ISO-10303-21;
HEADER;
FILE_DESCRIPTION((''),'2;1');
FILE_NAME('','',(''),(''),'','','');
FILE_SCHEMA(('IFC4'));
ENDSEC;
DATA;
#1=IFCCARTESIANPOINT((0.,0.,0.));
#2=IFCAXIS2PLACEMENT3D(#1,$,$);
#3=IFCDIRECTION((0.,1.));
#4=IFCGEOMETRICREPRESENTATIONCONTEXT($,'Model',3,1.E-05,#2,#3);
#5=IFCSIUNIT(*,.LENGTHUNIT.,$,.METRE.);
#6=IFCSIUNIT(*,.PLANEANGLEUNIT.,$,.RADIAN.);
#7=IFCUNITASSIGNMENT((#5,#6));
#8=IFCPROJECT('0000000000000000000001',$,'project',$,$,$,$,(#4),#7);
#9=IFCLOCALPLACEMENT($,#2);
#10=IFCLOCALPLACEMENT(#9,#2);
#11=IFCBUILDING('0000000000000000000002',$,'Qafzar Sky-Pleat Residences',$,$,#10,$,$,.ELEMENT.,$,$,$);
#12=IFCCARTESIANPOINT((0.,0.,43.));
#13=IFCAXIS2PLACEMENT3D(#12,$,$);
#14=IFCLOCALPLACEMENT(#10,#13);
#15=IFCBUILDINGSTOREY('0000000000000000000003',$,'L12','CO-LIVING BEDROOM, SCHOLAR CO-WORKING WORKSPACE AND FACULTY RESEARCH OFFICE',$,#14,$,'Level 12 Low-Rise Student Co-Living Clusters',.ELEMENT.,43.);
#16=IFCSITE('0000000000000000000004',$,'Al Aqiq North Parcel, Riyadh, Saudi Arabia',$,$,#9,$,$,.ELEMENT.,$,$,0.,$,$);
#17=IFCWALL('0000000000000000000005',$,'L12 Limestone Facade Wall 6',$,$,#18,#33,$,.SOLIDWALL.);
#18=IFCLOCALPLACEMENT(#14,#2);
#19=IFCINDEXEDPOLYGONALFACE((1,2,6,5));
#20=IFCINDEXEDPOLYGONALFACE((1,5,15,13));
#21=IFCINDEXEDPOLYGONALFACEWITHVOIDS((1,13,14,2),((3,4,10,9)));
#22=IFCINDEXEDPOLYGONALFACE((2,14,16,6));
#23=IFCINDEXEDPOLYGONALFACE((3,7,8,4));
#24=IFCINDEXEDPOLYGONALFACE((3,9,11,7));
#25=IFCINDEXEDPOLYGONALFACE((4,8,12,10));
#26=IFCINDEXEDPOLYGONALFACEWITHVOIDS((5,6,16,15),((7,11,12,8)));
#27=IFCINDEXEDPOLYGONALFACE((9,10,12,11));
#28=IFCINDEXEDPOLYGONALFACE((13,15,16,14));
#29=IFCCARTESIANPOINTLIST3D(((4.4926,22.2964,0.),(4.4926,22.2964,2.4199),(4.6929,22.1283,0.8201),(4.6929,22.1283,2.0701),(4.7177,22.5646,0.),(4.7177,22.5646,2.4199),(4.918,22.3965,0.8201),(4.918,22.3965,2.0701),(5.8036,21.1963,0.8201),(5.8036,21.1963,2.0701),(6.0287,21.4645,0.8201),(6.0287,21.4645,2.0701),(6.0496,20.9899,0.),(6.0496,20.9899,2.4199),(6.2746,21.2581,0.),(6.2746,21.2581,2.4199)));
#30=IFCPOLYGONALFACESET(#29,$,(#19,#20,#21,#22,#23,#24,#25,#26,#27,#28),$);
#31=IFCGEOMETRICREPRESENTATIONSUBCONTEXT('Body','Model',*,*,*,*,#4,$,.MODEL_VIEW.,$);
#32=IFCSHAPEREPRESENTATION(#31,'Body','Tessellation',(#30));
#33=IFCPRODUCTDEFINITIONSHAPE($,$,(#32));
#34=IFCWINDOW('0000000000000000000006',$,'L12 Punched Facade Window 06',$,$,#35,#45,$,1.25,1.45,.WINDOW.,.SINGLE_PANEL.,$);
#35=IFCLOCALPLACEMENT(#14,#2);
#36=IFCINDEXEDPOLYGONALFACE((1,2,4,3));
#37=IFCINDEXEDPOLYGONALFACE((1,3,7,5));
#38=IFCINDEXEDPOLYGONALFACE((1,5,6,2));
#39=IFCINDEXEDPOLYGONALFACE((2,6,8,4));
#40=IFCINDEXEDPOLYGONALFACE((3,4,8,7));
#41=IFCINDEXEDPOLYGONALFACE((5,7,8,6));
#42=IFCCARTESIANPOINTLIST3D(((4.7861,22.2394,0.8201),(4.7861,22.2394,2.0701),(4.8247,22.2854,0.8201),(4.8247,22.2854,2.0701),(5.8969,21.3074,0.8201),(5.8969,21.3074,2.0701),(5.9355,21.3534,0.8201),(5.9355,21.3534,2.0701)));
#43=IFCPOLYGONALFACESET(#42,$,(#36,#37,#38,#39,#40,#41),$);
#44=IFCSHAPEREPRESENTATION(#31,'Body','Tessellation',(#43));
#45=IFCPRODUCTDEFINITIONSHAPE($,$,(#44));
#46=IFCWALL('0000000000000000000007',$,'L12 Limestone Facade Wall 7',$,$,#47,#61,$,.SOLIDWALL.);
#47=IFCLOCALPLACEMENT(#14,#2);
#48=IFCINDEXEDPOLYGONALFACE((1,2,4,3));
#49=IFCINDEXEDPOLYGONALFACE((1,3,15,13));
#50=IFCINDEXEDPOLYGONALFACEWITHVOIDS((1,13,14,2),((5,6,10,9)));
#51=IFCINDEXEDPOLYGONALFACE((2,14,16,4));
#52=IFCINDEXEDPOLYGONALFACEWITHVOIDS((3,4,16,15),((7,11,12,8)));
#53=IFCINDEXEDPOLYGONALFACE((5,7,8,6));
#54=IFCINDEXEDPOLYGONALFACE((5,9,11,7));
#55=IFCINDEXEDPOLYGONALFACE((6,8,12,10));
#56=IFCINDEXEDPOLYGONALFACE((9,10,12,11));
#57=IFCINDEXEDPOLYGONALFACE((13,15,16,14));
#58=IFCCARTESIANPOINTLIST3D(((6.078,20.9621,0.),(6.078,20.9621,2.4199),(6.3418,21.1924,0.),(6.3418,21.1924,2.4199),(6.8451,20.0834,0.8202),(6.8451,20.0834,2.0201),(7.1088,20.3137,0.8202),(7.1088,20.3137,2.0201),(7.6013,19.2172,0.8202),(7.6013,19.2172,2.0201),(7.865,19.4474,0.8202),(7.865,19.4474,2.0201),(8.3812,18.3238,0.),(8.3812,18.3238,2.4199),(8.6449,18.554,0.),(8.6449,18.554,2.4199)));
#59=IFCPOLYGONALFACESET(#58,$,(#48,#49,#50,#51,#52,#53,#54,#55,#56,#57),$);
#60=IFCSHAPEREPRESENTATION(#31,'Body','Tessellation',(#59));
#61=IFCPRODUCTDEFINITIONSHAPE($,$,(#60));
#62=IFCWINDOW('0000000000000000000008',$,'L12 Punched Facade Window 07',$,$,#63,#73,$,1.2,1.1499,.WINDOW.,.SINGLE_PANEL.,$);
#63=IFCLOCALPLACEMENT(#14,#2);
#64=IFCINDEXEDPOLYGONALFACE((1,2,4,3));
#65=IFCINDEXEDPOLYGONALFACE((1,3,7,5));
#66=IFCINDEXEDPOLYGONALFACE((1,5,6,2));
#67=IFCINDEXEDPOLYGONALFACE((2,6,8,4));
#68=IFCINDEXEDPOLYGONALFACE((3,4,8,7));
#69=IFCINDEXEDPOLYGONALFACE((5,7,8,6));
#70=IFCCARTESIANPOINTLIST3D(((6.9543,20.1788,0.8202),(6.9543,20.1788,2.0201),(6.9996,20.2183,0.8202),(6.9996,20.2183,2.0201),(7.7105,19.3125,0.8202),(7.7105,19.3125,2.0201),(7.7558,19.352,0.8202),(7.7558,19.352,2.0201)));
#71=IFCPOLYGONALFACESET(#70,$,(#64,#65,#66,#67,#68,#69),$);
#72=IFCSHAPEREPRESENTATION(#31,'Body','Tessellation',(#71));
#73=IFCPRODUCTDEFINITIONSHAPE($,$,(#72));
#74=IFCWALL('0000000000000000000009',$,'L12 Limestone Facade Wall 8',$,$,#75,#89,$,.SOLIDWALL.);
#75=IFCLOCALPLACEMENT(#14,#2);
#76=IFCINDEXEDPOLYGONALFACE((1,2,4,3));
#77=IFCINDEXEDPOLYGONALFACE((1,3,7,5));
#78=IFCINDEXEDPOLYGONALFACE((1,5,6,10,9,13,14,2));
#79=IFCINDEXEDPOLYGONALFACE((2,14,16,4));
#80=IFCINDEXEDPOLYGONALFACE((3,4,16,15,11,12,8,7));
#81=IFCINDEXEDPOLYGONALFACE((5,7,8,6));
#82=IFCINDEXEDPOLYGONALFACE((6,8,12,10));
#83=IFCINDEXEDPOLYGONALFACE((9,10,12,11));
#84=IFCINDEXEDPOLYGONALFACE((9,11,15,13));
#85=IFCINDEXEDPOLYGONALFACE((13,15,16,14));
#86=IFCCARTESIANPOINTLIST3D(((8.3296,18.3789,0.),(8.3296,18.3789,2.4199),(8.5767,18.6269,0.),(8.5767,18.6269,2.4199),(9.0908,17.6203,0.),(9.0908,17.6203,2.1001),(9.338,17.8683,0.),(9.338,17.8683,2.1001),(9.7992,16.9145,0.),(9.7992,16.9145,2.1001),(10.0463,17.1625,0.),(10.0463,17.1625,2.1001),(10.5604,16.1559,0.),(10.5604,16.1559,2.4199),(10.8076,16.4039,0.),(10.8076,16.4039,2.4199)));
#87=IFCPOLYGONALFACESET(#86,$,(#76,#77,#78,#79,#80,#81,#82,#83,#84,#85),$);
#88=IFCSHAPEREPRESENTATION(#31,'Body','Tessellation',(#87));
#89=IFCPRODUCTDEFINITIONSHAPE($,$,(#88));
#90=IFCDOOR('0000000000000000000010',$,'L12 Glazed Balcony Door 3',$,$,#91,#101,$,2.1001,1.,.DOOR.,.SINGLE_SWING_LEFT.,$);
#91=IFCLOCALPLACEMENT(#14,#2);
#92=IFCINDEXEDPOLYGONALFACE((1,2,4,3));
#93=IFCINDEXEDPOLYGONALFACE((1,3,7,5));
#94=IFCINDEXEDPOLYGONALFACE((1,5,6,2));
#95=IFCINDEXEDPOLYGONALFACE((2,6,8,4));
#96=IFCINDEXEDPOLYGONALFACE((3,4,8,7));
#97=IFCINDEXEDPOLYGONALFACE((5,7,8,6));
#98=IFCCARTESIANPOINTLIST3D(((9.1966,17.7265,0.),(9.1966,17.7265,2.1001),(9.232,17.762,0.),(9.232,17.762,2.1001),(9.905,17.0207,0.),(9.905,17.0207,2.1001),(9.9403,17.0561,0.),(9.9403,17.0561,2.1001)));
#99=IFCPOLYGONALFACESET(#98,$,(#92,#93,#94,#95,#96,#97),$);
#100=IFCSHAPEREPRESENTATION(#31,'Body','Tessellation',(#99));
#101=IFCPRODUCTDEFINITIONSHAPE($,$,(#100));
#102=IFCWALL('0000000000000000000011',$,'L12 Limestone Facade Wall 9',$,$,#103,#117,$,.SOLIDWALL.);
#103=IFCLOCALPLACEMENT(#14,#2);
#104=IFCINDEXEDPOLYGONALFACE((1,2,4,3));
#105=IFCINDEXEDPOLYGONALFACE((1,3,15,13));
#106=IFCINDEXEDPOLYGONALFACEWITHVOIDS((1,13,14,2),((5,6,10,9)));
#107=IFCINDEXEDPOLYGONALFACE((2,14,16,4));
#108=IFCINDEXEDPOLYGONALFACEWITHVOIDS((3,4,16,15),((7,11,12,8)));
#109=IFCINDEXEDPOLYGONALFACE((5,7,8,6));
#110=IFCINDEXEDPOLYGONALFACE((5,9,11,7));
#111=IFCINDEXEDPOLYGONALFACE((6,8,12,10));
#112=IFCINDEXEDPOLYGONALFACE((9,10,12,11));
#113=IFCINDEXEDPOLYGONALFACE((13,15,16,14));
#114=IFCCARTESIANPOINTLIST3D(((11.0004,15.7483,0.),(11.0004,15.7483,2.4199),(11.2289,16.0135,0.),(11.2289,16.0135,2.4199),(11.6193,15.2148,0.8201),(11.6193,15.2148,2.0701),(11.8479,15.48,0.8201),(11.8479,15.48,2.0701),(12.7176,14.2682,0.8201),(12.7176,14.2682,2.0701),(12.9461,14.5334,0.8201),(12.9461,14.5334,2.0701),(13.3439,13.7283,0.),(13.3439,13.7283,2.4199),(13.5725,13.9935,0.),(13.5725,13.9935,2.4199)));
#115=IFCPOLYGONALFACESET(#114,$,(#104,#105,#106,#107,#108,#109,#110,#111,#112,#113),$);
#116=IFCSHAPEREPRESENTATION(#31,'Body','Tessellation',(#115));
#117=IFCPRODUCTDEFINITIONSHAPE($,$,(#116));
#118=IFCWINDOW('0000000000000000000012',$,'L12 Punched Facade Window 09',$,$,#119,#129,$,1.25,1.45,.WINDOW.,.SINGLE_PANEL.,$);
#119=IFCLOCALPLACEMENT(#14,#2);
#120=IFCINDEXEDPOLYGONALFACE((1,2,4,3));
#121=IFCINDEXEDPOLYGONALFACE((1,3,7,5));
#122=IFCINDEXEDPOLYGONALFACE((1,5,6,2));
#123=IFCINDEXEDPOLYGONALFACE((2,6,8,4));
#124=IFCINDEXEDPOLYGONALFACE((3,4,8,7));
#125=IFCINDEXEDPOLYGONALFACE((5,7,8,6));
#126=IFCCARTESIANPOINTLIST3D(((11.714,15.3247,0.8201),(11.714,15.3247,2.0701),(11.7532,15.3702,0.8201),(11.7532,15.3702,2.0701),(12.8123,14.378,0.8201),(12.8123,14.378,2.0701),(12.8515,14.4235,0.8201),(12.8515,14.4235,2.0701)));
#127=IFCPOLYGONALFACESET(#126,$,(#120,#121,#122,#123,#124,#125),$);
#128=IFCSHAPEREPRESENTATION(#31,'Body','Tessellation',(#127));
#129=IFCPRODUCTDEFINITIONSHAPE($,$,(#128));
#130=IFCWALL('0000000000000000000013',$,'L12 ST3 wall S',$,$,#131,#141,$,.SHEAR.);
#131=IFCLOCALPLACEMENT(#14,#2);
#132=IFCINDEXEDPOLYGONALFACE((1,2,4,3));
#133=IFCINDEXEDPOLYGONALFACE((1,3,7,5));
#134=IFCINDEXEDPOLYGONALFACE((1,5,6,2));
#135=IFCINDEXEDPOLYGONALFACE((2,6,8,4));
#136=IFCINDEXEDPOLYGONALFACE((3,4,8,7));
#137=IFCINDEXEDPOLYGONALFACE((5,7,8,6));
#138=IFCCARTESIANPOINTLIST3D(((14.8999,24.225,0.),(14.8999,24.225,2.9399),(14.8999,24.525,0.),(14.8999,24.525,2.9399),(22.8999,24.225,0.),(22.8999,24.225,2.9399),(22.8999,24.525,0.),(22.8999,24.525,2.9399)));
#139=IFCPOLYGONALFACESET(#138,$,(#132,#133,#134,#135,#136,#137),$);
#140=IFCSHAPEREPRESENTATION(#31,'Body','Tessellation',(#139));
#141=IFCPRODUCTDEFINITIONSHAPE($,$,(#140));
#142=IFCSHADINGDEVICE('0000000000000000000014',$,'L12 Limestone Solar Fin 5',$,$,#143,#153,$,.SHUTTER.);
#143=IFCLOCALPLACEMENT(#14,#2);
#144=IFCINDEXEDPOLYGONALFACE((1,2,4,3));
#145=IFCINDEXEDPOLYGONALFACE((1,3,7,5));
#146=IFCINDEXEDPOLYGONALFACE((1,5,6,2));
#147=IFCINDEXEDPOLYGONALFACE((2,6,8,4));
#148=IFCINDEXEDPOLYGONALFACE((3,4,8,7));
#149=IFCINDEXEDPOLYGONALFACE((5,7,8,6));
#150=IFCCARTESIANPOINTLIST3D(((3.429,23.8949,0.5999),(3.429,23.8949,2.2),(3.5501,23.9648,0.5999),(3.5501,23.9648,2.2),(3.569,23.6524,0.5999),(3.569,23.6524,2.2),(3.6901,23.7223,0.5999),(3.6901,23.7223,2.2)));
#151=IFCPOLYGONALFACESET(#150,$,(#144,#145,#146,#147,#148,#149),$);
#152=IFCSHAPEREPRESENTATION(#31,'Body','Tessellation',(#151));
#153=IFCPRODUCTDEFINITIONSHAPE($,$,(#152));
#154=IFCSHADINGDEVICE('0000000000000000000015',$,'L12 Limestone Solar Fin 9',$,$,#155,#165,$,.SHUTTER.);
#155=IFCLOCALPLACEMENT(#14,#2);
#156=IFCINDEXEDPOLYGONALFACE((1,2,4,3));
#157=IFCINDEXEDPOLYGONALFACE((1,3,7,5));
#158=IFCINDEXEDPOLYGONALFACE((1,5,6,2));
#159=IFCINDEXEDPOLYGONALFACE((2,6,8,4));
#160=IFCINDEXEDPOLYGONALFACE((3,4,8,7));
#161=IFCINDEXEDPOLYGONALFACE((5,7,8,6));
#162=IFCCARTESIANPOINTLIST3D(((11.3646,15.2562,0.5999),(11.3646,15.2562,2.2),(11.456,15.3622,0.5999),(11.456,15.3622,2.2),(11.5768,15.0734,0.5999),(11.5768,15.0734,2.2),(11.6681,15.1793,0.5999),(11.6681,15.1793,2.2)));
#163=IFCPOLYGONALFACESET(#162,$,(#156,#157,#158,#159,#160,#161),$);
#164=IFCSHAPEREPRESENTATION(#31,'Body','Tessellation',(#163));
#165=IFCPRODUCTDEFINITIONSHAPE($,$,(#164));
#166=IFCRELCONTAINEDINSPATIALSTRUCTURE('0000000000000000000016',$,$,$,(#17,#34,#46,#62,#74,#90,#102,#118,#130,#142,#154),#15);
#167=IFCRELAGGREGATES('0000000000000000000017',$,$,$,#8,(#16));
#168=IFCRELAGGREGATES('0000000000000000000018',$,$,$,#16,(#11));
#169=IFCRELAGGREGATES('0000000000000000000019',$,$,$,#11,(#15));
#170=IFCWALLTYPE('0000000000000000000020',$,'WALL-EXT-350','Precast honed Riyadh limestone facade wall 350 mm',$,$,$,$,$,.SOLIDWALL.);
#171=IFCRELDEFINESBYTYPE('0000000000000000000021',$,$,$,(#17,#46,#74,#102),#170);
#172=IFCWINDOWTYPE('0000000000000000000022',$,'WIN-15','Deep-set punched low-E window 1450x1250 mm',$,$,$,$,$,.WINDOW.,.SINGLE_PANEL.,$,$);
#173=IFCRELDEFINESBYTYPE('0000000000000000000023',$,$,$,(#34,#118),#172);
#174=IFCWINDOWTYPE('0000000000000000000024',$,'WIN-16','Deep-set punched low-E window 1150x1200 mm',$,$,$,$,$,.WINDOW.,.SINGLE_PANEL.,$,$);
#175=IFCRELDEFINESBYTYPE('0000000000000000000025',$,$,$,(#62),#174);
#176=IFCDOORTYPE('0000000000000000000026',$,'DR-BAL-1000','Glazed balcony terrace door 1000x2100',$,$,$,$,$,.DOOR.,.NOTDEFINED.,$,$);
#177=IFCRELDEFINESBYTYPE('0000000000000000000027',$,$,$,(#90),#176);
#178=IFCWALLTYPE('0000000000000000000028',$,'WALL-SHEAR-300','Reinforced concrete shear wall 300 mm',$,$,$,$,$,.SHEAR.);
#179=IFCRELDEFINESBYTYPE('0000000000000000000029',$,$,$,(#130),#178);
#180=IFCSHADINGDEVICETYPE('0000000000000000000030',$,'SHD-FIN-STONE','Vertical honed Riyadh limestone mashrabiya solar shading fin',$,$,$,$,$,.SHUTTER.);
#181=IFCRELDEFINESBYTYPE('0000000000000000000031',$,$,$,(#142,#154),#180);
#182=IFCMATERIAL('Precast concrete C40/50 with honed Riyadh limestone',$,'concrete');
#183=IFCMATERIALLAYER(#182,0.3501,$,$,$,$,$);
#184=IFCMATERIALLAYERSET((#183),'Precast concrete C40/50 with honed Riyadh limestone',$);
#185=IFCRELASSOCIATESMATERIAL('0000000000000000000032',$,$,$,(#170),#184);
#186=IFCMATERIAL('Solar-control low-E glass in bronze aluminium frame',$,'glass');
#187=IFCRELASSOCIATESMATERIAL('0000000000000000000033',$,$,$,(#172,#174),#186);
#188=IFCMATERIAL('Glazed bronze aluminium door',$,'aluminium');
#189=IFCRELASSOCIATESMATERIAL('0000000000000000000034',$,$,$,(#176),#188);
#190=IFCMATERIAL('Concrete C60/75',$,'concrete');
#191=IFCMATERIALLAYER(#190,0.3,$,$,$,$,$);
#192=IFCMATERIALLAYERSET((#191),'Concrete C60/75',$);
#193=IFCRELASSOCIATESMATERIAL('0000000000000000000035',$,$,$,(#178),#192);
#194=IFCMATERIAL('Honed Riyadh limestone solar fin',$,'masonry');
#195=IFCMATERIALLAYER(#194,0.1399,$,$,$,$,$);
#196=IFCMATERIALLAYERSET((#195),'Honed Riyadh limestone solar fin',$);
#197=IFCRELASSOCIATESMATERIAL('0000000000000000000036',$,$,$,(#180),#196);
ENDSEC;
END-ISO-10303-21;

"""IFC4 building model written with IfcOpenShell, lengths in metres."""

from ifc_helpers import new_model, si_unit, direction, frame, frame_2d, origin, origin_2d, place, context, subcontext, project, spatial, rectangle, extrude, source, transform, mapped, material, layer, layer_set, type_object, element, fill, save


model = new_model("IFC4")

# Units and contexts
model_context = context("Model", 3, precision=1e-05, world=origin(), true_north=direction((0.0, 1.0)))
body_context = subcontext(model_context, "Body", "Model", "MODEL_VIEW")
ifc_project = project(units=[si_unit("LENGTHUNIT", "METRE"), si_unit("PLANEANGLEUNIT", "RADIAN")], contexts=[model_context])

# Site, building, storey
site_placement = place(None, origin())
site = spatial("IfcSite", under=ifc_project, at=site_placement, Name="Al Aqiq North Parcel, Riyadh, Saudi Arabia", CompositionType="ELEMENT", RefElevation=0.0)
building_placement = place(site_placement, origin())
building = spatial("IfcBuilding", under=site, at=building_placement, Name="Qafzar Sky-Pleat Residences", CompositionType="ELEMENT")
storey_placement = place(building_placement, frame((0.0, 0.0, 43.0)))
storey = spatial("IfcBuildingStorey", under=building, at=storey_placement, Name="L12", Description="CO-LIVING BEDROOM, SCHOLAR CO-WORKING WORKSPACE AND FACULTY RESEARCH OFFICE", LongName="Level 12 Low-Rise Student Co-Living Clusters", CompositionType="ELEMENT", Elevation=43.0)

# Shared definitions
ifc_material_1 = material(Name="Concrete C60/75", Category="concrete")

# Walls, openings, windows
ifc_material_2 = material(Name="Precast concrete C40/50 with honed Riyadh limestone", Category="concrete")
ifc_layer_1 = layer(ifc_material_2, 0.3501)
ifc_layer_set_1 = layer_set([ifc_layer_1], Name="Precast concrete C40/50 with honed Riyadh limestone")
wall_type_1 = type_object("IfcWallType", Name="WALL-EXT-350", Description="Precast honed Riyadh limestone facade wall 350 mm", PredefinedType="SOLIDWALL", material=ifc_layer_set_1)
ifc_material_3 = material(Name="Solar-control low-E glass in bronze aluminium frame", Category="glass")
window_type_1 = type_object("IfcWindowType", Name="WIN-15", Description="Deep-set punched low-E window 1450x1250 mm", PartitioningType="SINGLE_PANEL", PredefinedType="WINDOW", material=ifc_material_3)
shared_shape_1 = source(origin(), body_context, "Body", "SweptSolid", [
    extrude(rectangle(XDim=1.45, YDim=1.25, at=frame_2d((0.7251, 0.625))), frame((0.0, 0.03, 0.0), z_axis=(0.0, -1.0, 0.0), x_axis=(1.0, 0.0, 0.0)), (0.0, 0.0, 1.0), 0.0601),
])
wall_1_placement = place(storey_placement, frame((4.6052, 22.4304, 0.0), z_axis=(0.0, 0.0, 1.0), x_axis=(0.766041, -0.642792, 0.0)))
wall_1 = element("IfcWall", 1, at=wall_1_placement, inside=storey, type_object=wall_type_1, Name="L12 Limestone Facade Wall 6", PredefinedType="SOLIDWALL", context=body_context, shape_type="SweptSolid", body=[
    extrude(rectangle(XDim=2.0325, YDim=0.3501, at=frame_2d((1.0161, 0.0))), origin(), (0.0, 0.0, 1.0), 2.4199),
])
opening_1_placement = place(wall_1_placement, frame((0.2612, 0.0, 0.8201)))
opening_1 = element("IfcOpeningElement", 2, at=opening_1_placement, cuts=wall_1, PredefinedType="OPENING", context=body_context, shape_type="SweptSolid", body=[
    extrude(rectangle(XDim=1.45, YDim=1.25, at=frame_2d((0.7251, 0.625))), frame((0.0, 0.1851, 0.0), z_axis=(0.0, -1.0, 0.0), x_axis=(1.0, 0.0, 0.0)), (0.0, 0.0, 1.0), 0.3701),
])
window_1_placement = place(opening_1_placement, origin())
window_1 = element("IfcWindow", 3, at=window_1_placement, inside=storey, type_object=window_type_1, Name="L12 Punched Facade Window 06", OverallHeight=1.25, OverallWidth=1.45, PartitioningType="SINGLE_PANEL", PredefinedType="WINDOW", context=body_context, shape_type="MappedRepresentation", body=[
    mapped(shared_shape_1, transform((0.0, 0.0, 0.0), x_axis=(1.0, 0.0, 0.0), y_axis=(0.0, 1.0, 0.0), z_axis=(0.0, 0.0, 1.0), scale=1.0)),
])
fill(opening_1, window_1)
wall_2_placement = place(storey_placement, frame((6.21, 21.0771, 0.0), z_axis=(0.0, 0.0, 1.0), x_axis=(0.657631, -0.753341, 0.0)))
wall_2 = element("IfcWall", 4, at=wall_2_placement, inside=storey, type_object=wall_type_1, Name="L12 Limestone Facade Wall 7", PredefinedType="SOLIDWALL", context=body_context, shape_type="SweptSolid", body=[
    extrude(rectangle(XDim=3.5022, YDim=0.3501, at=frame_2d((1.751, 0.0))), origin(), (0.0, 0.0, 1.0), 2.4199),
])
opening_2_placement = place(wall_2_placement, frame((1.1663, 0.0, 0.8201)))
opening_2 = element("IfcOpeningElement", 5, at=opening_2_placement, cuts=wall_2, PredefinedType="OPENING", context=body_context, shape_type="SweptSolid", body=[
    extrude(rectangle(XDim=1.1499, YDim=1.2, at=frame_2d((0.575, 0.6001))), frame((0.0, 0.1851, 0.0), z_axis=(0.0, -1.0, 0.0), x_axis=(1.0, 0.0, 0.0)), (0.0, 0.0, 1.0), 0.3701),
])
window_type_2 = type_object("IfcWindowType", Name="WIN-16", Description="Deep-set punched low-E window 1150x1200 mm", PartitioningType="SINGLE_PANEL", PredefinedType="WINDOW", material=ifc_material_3)
shared_shape_2 = source(origin(), body_context, "Body", "SweptSolid", [
    extrude(rectangle(XDim=1.1499, YDim=1.2, at=frame_2d((0.575, 0.6001))), frame((0.0, 0.03, 0.0), z_axis=(0.0, -1.0, 0.0), x_axis=(1.0, 0.0, 0.0)), (0.0, 0.0, 1.0), 0.0601),
])
window_2_placement = place(opening_2_placement, origin())
window_2 = element("IfcWindow", 6, at=window_2_placement, inside=storey, type_object=window_type_2, Name="L12 Punched Facade Window 07", OverallHeight=1.2, OverallWidth=1.1499, PartitioningType="SINGLE_PANEL", PredefinedType="WINDOW", context=body_context, shape_type="MappedRepresentation", body=[
    mapped(shared_shape_2, transform((0.0, 0.0, 0.0), x_axis=(1.0, 0.0, 0.0), y_axis=(0.0, 1.0, 0.0), z_axis=(0.0, 0.0, 1.0), scale=1.0)),
])
fill(opening_2, window_2)

# Wall, opening, door
wall_3_placement = place(storey_placement, frame((8.4531, 18.5029, 0.0), z_axis=(0.0, 0.0, 1.0), x_axis=(0.708346, -0.705865, 0.0)))
wall_3 = element("IfcWall", 7, at=wall_3_placement, inside=storey, type_object=wall_type_1, Name="L12 Limestone Facade Wall 8", PredefinedType="SOLIDWALL", context=body_context, shape_type="SweptSolid", body=[
    extrude(rectangle(XDim=3.1494, YDim=0.3501, at=frame_2d((1.5747, 0.0))), origin(), (0.0, 0.0, 1.0), 2.4199),
])
opening_3_placement = place(wall_3_placement, frame((1.0747, 0.0, 0.0)))
opening_3 = element("IfcOpeningElement", 8, at=opening_3_placement, cuts=wall_3, PredefinedType="OPENING", context=body_context, shape_type="SweptSolid", body=[
    extrude(rectangle(XDim=1.0, YDim=2.1001, at=frame_2d((0.5, 1.05))), frame((0.0, 0.1851, 0.0), z_axis=(0.0, -1.0, 0.0), x_axis=(1.0, 0.0, 0.0)), (0.0, 0.0, 1.0), 0.3701),
])
ifc_material_4 = material(Name="Glazed bronze aluminium door", Category="aluminium")
door_type = type_object("IfcDoorType", Name="DR-BAL-1000", Description="Glazed balcony terrace door 1000x2100", OperationType="NOTDEFINED", PredefinedType="DOOR", material=ifc_material_4)
shared_shape_3 = source(origin(), body_context, "Body", "SweptSolid", [
    extrude(rectangle(XDim=1.0, YDim=2.1001, at=frame_2d((0.5, 1.05))), frame((0.0, 0.0249, 0.0), z_axis=(0.0, -1.0, 0.0), x_axis=(1.0, 0.0, 0.0)), (0.0, 0.0, 1.0), 0.05),
])
door_placement = place(opening_3_placement, origin())
door = element("IfcDoor", 9, at=door_placement, inside=storey, type_object=door_type, Name="L12 Glazed Balcony Door 3", OperationType="SINGLE_SWING_LEFT", OverallHeight=2.1001, OverallWidth=1.0, PredefinedType="DOOR", context=body_context, shape_type="MappedRepresentation", body=[
    mapped(shared_shape_3, transform((0.0, 0.0, 0.0), x_axis=(1.0, 0.0, 0.0), y_axis=(0.0, 1.0, 0.0), z_axis=(0.0, 0.0, 1.0), scale=1.0)),
])
fill(opening_3, door)

# Wall, opening, window
wall_4_placement = place(storey_placement, frame((11.1147, 15.8809, 0.0), z_axis=(0.0, 0.0, 1.0), x_axis=(0.757449, -0.652894, 0.0)))
wall_4 = element("IfcWall", 10, at=wall_4_placement, inside=storey, type_object=wall_type_1, Name="L12 Limestone Facade Wall 9", PredefinedType="SOLIDWALL", context=body_context, shape_type="SweptSolid", body=[
    extrude(rectangle(XDim=3.094, YDim=0.3501, at=frame_2d((1.5469, 0.0))), origin(), (0.0, 0.0, 1.0), 2.4199),
])
opening_4_placement = place(wall_4_placement, frame((0.8169, 0.0, 0.8201)))
opening_4 = element("IfcOpeningElement", 11, at=opening_4_placement, cuts=wall_4, PredefinedType="OPENING", context=body_context, shape_type="SweptSolid", body=[
    extrude(rectangle(XDim=1.45, YDim=1.25, at=frame_2d((0.7251, 0.625))), frame((0.0, 0.1851, 0.0), z_axis=(0.0, -1.0, 0.0), x_axis=(1.0, 0.0, 0.0)), (0.0, 0.0, 1.0), 0.3701),
])
window_3_placement = place(opening_4_placement, origin())
window_3 = element("IfcWindow", 12, at=window_3_placement, inside=storey, type_object=window_type_1, Name="L12 Punched Facade Window 09", OverallHeight=1.25, OverallWidth=1.45, PartitioningType="SINGLE_PANEL", PredefinedType="WINDOW", context=body_context, shape_type="MappedRepresentation", body=[
    mapped(shared_shape_1, transform((0.0, 0.0, 0.0), x_axis=(1.0, 0.0, 0.0), y_axis=(0.0, 1.0, 0.0), z_axis=(0.0, 0.0, 1.0), scale=1.0)),
])
fill(opening_4, window_3)

# Wall
ifc_layer_2 = layer(ifc_material_1, 0.3)
ifc_layer_set_2 = layer_set([ifc_layer_2], Name="Concrete C60/75")
wall_type_2 = type_object("IfcWallType", Name="WALL-SHEAR-300", Description="Reinforced concrete shear wall 300 mm", PredefinedType="SHEAR", material=ifc_layer_set_2)
wall_5_placement = place(storey_placement, frame((14.8999, 24.375, 0.0), z_axis=(0.0, 0.0, 1.0), x_axis=(1.0, 0.0, 0.0)))
element("IfcWall", 13, at=wall_5_placement, inside=storey, type_object=wall_type_2, Name="L12 ST3 wall S", PredefinedType="SHEAR", context=body_context, shape_type="SweptSolid", body=[
    extrude(rectangle(XDim=8.0, YDim=0.3, at=frame_2d((4.0, 0.0))), origin(), (0.0, 0.0, 1.0), 2.9399),
])

# Shading devices
ifc_material_5 = material(Name="Honed Riyadh limestone solar fin", Category="masonry")
ifc_layer_3 = layer(ifc_material_5, 0.1399)
ifc_layer_set_3 = layer_set([ifc_layer_3], Name="Honed Riyadh limestone solar fin")
shading_device_type = type_object("IfcShadingDeviceType", Name="SHD-FIN-STONE", Description="Vertical honed Riyadh limestone mashrabiya solar shading fin", PredefinedType="SHUTTER", material=ifc_layer_set_3)
shared_shape_4 = source(origin(), body_context, "Body", "SweptSolid", [
    extrude(rectangle(XDim=0.1399, YDim=0.28, at=origin_2d()), origin(), (0.0, 0.0, 1.0), 1.6001),
])
for number, where, z_axis, x_axis, name in (
    (14, (3.5596, 23.8086, 0.5999), (0.0, 0.0, 1.0), (-0.866044, -0.499967, 0.0), "L12 Limestone Solar Fin 5"),
    (15, (11.5164, 15.2178, 0.5999), (0.0, 0.0, 1.0), (-0.65286, -0.757479, 0.0), "L12 Limestone Solar Fin 9"),
):
    element("IfcShadingDevice", number, at=place(storey_placement, frame(where, z_axis=z_axis, x_axis=x_axis)), inside=storey, type_object=shading_device_type, Name=name, PredefinedType="SHUTTER", context=body_context, shape_type="MappedRepresentation", body=[
        mapped(shared_shape_4, transform((0.0, 0.0, 0.0), x_axis=(1.0, 0.0, 0.0), y_axis=(0.0, 1.0, 0.0), z_axis=(0.0, 0.0, 1.0), scale=1.0)),
    ])

save(model, "model.ifc")
